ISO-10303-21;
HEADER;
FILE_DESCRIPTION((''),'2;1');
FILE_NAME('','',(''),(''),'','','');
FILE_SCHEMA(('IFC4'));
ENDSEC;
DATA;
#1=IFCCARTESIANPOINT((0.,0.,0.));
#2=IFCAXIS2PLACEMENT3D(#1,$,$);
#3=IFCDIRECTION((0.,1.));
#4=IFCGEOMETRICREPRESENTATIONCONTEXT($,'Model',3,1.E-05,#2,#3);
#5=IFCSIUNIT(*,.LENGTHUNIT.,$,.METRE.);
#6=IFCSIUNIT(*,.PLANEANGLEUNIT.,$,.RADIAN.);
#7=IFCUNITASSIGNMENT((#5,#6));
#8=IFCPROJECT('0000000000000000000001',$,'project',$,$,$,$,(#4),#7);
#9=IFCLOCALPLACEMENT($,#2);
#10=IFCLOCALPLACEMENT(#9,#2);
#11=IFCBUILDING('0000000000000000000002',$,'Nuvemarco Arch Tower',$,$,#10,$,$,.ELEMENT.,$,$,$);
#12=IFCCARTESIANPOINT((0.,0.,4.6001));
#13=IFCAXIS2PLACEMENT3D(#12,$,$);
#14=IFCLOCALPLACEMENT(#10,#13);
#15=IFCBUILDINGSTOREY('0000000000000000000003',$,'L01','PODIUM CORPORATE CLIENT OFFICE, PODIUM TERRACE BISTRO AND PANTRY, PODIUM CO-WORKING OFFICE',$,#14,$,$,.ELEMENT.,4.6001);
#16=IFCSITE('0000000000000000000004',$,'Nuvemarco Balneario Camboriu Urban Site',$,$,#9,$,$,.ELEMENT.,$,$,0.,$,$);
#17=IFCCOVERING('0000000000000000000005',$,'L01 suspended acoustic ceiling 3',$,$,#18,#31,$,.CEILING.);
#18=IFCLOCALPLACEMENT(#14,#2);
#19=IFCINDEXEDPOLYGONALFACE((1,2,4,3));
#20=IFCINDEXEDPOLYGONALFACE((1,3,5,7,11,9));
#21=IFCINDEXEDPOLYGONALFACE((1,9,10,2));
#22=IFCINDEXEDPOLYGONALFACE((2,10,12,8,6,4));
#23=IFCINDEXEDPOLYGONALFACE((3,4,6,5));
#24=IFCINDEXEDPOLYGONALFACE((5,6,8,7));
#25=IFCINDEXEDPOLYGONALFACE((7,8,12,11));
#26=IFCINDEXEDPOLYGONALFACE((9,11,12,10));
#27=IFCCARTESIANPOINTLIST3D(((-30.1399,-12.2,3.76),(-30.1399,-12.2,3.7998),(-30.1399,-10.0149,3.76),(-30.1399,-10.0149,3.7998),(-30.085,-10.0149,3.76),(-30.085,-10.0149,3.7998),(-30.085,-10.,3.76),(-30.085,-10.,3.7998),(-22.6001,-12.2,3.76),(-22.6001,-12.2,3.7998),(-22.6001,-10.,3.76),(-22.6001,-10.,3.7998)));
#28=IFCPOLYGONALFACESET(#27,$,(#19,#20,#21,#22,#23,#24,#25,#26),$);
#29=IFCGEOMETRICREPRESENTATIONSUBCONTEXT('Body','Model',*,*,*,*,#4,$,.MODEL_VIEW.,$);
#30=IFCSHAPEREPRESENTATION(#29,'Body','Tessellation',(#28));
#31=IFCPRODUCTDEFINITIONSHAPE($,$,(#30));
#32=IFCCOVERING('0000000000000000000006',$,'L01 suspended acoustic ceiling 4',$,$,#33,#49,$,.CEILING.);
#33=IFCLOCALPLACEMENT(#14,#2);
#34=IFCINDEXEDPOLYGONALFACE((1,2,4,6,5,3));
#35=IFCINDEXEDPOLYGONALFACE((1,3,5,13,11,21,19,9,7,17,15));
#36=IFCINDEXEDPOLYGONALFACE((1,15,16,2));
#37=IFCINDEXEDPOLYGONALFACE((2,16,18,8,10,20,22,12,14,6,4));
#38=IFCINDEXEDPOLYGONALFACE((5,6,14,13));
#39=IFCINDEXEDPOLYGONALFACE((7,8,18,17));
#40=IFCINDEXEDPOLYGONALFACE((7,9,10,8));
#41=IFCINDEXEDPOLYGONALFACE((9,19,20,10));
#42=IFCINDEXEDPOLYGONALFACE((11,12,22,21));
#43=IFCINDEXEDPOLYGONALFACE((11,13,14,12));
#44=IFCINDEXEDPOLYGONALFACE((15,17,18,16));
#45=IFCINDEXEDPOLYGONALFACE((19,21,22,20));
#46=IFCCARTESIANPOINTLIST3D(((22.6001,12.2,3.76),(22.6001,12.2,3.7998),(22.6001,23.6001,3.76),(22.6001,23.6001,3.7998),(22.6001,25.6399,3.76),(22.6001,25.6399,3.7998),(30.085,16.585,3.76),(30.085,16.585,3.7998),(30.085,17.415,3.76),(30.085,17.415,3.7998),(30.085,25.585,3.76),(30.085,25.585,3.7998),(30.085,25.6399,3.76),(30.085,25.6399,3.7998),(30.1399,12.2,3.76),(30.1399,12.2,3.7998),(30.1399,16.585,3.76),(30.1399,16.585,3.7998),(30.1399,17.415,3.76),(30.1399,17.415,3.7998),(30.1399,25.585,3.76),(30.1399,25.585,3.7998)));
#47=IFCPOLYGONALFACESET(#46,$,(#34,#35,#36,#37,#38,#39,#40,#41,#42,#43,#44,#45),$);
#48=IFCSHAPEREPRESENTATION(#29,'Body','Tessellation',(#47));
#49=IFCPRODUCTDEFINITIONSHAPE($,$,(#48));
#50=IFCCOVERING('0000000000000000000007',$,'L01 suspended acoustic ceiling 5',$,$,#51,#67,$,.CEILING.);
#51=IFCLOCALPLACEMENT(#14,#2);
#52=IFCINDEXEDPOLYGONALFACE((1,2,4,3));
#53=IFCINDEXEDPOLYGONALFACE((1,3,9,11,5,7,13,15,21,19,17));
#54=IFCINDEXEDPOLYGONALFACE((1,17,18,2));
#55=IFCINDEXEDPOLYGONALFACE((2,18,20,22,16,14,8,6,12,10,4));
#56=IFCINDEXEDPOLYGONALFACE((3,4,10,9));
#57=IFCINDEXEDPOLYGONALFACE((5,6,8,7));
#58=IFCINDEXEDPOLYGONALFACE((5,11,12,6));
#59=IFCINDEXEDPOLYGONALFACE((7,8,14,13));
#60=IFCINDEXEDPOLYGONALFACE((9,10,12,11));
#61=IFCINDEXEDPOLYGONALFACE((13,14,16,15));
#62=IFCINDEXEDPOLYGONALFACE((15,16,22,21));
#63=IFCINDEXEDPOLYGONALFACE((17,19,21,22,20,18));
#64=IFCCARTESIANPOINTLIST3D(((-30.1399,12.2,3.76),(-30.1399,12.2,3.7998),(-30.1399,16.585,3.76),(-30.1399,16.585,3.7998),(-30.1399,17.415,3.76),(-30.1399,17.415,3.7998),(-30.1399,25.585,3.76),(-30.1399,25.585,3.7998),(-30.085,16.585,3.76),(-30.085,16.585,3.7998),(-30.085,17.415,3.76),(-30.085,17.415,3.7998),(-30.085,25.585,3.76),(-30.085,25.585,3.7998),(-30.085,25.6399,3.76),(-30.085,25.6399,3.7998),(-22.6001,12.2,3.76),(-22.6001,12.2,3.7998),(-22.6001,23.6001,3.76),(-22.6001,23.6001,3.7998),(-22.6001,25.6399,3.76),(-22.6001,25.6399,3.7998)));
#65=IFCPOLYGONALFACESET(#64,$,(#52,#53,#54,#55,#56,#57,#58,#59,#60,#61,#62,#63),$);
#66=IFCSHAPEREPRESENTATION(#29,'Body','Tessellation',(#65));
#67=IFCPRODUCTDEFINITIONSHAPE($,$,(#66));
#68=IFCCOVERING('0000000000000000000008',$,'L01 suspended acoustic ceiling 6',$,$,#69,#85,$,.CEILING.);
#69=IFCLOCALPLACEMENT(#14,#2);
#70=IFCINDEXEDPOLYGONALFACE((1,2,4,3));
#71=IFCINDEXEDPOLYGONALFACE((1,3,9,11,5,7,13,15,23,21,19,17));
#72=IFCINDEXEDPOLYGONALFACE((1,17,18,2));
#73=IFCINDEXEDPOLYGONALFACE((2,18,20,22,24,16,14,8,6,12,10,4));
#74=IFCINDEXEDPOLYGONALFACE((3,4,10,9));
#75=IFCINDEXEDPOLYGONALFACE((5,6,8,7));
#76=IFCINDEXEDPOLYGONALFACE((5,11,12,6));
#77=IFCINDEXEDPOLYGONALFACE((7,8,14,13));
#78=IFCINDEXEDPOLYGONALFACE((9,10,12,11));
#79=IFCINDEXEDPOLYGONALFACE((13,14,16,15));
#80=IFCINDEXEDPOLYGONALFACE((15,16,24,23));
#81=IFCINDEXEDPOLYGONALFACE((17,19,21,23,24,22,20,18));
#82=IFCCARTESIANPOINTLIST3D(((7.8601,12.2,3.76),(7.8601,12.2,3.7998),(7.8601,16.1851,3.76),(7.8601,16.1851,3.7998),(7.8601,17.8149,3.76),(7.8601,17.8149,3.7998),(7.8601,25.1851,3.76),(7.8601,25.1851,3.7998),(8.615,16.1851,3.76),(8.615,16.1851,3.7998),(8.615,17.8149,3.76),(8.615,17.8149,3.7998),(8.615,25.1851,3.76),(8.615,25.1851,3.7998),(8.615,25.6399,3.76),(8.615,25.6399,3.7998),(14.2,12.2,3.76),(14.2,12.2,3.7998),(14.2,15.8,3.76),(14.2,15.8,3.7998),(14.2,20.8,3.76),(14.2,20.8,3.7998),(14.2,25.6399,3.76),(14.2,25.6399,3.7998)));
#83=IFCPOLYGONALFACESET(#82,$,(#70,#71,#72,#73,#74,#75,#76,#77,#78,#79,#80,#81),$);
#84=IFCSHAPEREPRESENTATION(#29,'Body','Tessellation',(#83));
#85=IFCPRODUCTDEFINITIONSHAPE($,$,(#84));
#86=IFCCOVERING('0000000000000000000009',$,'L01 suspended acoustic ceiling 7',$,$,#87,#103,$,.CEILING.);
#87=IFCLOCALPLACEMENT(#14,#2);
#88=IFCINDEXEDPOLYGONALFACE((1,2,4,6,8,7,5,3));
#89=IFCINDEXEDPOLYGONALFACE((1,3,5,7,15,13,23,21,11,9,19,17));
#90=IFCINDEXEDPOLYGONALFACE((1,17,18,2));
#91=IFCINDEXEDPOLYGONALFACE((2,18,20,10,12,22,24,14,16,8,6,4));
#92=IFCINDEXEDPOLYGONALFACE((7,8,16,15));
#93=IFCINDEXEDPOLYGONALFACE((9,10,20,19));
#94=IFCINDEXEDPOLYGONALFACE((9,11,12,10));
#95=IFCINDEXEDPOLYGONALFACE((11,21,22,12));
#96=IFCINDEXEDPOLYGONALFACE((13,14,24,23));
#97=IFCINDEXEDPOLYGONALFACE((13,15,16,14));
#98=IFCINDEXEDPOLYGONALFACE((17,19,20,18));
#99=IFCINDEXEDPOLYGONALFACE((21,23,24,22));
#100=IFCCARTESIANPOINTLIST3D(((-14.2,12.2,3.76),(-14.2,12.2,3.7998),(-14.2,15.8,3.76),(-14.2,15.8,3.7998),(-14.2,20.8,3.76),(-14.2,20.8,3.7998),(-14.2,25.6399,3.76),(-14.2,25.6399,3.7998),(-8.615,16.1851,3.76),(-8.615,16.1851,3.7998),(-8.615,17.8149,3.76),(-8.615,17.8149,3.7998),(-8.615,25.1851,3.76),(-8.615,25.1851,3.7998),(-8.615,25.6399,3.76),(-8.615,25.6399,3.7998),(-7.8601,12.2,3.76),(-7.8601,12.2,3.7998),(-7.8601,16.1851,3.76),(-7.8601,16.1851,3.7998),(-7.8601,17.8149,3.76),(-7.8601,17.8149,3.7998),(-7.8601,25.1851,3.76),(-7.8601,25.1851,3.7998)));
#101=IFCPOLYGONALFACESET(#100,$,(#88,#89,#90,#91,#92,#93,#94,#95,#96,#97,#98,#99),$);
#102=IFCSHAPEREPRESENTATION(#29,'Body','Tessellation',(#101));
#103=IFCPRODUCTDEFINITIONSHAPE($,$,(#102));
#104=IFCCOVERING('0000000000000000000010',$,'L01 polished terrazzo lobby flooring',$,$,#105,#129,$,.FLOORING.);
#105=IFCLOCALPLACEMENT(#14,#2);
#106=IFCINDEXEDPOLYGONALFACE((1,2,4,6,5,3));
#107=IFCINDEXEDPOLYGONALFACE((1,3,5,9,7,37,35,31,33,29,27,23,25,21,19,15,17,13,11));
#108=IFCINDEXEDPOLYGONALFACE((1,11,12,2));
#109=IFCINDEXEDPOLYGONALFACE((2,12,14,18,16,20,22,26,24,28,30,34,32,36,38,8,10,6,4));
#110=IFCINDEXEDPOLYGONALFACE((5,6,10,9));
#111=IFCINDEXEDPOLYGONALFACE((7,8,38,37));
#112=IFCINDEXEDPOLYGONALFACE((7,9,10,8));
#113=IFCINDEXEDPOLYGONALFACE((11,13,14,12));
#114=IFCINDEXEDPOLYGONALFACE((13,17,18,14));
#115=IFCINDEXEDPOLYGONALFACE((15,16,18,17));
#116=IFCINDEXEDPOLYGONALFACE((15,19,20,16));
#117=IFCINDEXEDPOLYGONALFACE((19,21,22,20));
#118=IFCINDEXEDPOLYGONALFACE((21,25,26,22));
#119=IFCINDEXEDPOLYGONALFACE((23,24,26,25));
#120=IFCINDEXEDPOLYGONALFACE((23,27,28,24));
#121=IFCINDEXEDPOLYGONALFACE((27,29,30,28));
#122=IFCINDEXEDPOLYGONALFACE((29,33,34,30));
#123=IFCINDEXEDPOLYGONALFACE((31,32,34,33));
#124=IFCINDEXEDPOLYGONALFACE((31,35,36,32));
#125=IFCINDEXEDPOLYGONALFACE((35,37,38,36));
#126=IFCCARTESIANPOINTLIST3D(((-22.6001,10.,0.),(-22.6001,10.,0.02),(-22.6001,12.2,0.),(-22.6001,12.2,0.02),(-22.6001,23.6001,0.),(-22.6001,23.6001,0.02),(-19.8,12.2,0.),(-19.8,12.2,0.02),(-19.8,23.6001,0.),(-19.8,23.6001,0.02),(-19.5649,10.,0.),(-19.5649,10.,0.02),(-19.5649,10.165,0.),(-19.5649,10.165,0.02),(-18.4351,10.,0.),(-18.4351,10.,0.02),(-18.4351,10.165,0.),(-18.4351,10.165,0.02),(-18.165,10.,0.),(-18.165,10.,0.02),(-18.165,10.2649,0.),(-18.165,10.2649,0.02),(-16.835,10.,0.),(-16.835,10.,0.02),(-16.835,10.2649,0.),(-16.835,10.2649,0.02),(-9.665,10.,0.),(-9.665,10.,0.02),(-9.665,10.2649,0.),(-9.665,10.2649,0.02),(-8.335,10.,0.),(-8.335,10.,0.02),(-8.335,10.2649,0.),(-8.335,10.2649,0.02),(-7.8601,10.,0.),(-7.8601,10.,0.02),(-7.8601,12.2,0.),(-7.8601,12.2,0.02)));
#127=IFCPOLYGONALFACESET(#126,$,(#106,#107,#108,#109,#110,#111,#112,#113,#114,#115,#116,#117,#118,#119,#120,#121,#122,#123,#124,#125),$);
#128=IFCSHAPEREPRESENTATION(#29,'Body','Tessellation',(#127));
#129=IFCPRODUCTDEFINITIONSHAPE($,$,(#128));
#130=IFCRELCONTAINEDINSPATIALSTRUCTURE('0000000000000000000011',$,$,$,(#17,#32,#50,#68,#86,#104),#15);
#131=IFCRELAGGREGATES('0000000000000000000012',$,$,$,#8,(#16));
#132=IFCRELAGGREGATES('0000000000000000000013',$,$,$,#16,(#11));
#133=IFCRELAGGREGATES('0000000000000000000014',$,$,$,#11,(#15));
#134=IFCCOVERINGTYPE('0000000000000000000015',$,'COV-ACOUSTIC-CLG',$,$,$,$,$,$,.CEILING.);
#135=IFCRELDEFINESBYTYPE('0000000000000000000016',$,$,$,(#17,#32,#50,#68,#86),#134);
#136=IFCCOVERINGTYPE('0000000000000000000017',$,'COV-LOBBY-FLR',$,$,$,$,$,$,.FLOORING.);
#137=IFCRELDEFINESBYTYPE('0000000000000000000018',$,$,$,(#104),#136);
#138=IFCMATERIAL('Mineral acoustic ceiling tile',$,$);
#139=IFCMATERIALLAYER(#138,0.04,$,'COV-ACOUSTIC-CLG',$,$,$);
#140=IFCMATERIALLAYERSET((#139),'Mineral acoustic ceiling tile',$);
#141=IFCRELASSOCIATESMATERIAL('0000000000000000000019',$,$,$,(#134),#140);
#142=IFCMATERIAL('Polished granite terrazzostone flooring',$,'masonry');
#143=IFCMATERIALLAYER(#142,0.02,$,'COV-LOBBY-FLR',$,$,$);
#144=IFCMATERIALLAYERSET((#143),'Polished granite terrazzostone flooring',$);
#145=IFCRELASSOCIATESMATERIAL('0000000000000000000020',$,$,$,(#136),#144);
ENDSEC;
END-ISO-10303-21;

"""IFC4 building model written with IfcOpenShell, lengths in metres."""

from ifc_helpers import new_model, si_unit, direction, frame, origin, place, context, subcontext, project, spatial, polyline, outline, extrude, material, layer, layer_set, type_object, element, save


model = new_model("IFC4")

# Units and contexts
model_context = context("Model", 3, precision=1e-05, world=origin(), true_north=direction((0.0, 1.0)))
body_context = subcontext(model_context, "Body", "Model", "MODEL_VIEW")
ifc_project = project(units=[si_unit("LENGTHUNIT", "METRE"), si_unit("PLANEANGLEUNIT", "RADIAN")], contexts=[model_context])

# Site, building, storey
site_placement = place(None, origin())
site = spatial("IfcSite", under=ifc_project, at=site_placement, Name="Nuvemarco Balneario Camboriu Urban Site", CompositionType="ELEMENT", RefElevation=0.0)
building_placement = place(site_placement, origin())
building = spatial("IfcBuilding", under=site, at=building_placement, Name="Nuvemarco Arch Tower", CompositionType="ELEMENT")
storey_placement = place(building_placement, frame((0.0, 0.0, 4.6001)))
storey = spatial("IfcBuildingStorey", under=building, at=storey_placement, Name="L01", Description="PODIUM CORPORATE CLIENT OFFICE, PODIUM TERRACE BISTRO AND PANTRY, PODIUM CO-WORKING OFFICE", CompositionType="ELEMENT", Elevation=4.6001)

# Coverings
ifc_material_1 = material(Name="Mineral acoustic ceiling tile")
ifc_layer_1 = layer(ifc_material_1, 0.04, Name="COV-ACOUSTIC-CLG")
ifc_layer_set_1 = layer_set([ifc_layer_1], Name="Mineral acoustic ceiling tile")
covering_type_1 = type_object("IfcCoveringType", Name="COV-ACOUSTIC-CLG", PredefinedType="CEILING", material=ifc_layer_set_1)
covering_1_placement = place(storey_placement, frame((0.0, 0.0, 3.76)))
element("IfcCovering", 1, at=covering_1_placement, inside=storey, type_object=covering_type_1, Name="L01 suspended acoustic ceiling 3", PredefinedType="CEILING", context=body_context, shape_type="SweptSolid", body=[
    extrude(outline(polyline([(-30.1399, -10.0149), (-30.085, -10.0149), (-30.085, -10.0), (-22.6001, -10.0), (-22.6001, -12.2), (-30.1399, -12.2), (-30.1399, -10.0149)])), origin(), (0.0, 0.0, 1.0), 0.0398),
])
covering_2_placement = place(storey_placement, frame((0.0, 0.0, 3.76)))
element("IfcCovering", 2, at=covering_2_placement, inside=storey, type_object=covering_type_1, Name="L01 suspended acoustic ceiling 4", PredefinedType="CEILING", context=body_context, shape_type="SweptSolid", body=[
    extrude(outline(polyline([(30.085, 17.415), (30.085, 16.585), (30.1399, 16.585), (30.1399, 12.2), (22.6001, 12.2), (22.6001, 23.6001), (22.6001, 25.6399), (30.085, 25.6399), (30.085, 25.585), (30.1399, 25.585), (30.1399, 17.415), (30.085, 17.415)])), origin(), (0.0, 0.0, 1.0), 0.0398),
])
covering_3_placement = place(storey_placement, frame((0.0, 0.0, 3.76)))
element("IfcCovering", 3, at=covering_3_placement, inside=storey, type_object=covering_type_1, Name="L01 suspended acoustic ceiling 5", PredefinedType="CEILING", context=body_context, shape_type="SweptSolid", body=[
    extrude(outline(polyline([(-30.085, 25.585), (-30.085, 25.6399), (-22.6001, 25.6399), (-22.6001, 23.6001), (-22.6001, 12.2), (-30.1399, 12.2), (-30.1399, 16.585), (-30.085, 16.585), (-30.085, 17.415), (-30.1399, 17.415), (-30.1399, 25.585), (-30.085, 25.585)])), origin(), (0.0, 0.0, 1.0), 0.0398),
])
covering_4_placement = place(storey_placement, frame((0.0, 0.0, 3.76)))
element("IfcCovering", 4, at=covering_4_placement, inside=storey, type_object=covering_type_1, Name="L01 suspended acoustic ceiling 6", PredefinedType="CEILING", context=body_context, shape_type="SweptSolid", body=[
    extrude(outline(polyline([(8.615, 25.1851), (8.615, 25.6399), (14.2, 25.6399), (14.2, 20.8), (14.2, 15.8), (14.2, 12.2), (7.8601, 12.2), (7.8601, 16.1851), (8.615, 16.1851), (8.615, 17.8149), (7.8601, 17.8149), (7.8601, 25.1851), (8.615, 25.1851)])), origin(), (0.0, 0.0, 1.0), 0.0398),
])
covering_5_placement = place(storey_placement, frame((0.0, 0.0, 3.76)))
element("IfcCovering", 5, at=covering_5_placement, inside=storey, type_object=covering_type_1, Name="L01 suspended acoustic ceiling 7", PredefinedType="CEILING", context=body_context, shape_type="SweptSolid", body=[
    extrude(outline(polyline([(-8.615, 25.1851), (-7.8601, 25.1851), (-7.8601, 17.8149), (-8.615, 17.8149), (-8.615, 16.1851), (-7.8601, 16.1851), (-7.8601, 12.2), (-14.2, 12.2), (-14.2, 15.8), (-14.2, 20.8), (-14.2, 25.6399), (-8.615, 25.6399), (-8.615, 25.1851)])), origin(), (0.0, 0.0, 1.0), 0.0398),
])
ifc_material_2 = material(Name="Polished granite terrazzostone flooring", Category="masonry")
ifc_layer_2 = layer(ifc_material_2, 0.02, Name="COV-LOBBY-FLR")
ifc_layer_set_2 = layer_set([ifc_layer_2], Name="Polished granite terrazzostone flooring")
covering_type_2 = type_object("IfcCoveringType", Name="COV-LOBBY-FLR", PredefinedType="FLOORING", material=ifc_layer_set_2)
covering_6_placement = place(storey_placement, origin())
element("IfcCovering", 6, at=covering_6_placement, inside=storey, type_object=covering_type_2, Name="L01 polished terrazzo lobby flooring", PredefinedType="FLOORING", context=body_context, shape_type="SweptSolid", body=[
    extrude(outline(polyline([(-22.6001, 23.6001), (-19.8, 23.6001), (-19.8, 12.2), (-7.8601, 12.2), (-7.8601, 10.0), (-8.335, 10.0), (-8.335, 10.2649), (-9.665, 10.2649), (-9.665, 10.0), (-16.835, 10.0), (-16.835, 10.2649), (-18.165, 10.2649), (-18.165, 10.0), (-18.4351, 10.0), (-18.4351, 10.165), (-19.5649, 10.165), (-19.5649, 10.0), (-22.6001, 10.0), (-22.6001, 12.2), (-22.6001, 23.6001)])), origin(), (0.0, 0.0, 1.0), 0.02),
])

save(model, "model.ifc")
